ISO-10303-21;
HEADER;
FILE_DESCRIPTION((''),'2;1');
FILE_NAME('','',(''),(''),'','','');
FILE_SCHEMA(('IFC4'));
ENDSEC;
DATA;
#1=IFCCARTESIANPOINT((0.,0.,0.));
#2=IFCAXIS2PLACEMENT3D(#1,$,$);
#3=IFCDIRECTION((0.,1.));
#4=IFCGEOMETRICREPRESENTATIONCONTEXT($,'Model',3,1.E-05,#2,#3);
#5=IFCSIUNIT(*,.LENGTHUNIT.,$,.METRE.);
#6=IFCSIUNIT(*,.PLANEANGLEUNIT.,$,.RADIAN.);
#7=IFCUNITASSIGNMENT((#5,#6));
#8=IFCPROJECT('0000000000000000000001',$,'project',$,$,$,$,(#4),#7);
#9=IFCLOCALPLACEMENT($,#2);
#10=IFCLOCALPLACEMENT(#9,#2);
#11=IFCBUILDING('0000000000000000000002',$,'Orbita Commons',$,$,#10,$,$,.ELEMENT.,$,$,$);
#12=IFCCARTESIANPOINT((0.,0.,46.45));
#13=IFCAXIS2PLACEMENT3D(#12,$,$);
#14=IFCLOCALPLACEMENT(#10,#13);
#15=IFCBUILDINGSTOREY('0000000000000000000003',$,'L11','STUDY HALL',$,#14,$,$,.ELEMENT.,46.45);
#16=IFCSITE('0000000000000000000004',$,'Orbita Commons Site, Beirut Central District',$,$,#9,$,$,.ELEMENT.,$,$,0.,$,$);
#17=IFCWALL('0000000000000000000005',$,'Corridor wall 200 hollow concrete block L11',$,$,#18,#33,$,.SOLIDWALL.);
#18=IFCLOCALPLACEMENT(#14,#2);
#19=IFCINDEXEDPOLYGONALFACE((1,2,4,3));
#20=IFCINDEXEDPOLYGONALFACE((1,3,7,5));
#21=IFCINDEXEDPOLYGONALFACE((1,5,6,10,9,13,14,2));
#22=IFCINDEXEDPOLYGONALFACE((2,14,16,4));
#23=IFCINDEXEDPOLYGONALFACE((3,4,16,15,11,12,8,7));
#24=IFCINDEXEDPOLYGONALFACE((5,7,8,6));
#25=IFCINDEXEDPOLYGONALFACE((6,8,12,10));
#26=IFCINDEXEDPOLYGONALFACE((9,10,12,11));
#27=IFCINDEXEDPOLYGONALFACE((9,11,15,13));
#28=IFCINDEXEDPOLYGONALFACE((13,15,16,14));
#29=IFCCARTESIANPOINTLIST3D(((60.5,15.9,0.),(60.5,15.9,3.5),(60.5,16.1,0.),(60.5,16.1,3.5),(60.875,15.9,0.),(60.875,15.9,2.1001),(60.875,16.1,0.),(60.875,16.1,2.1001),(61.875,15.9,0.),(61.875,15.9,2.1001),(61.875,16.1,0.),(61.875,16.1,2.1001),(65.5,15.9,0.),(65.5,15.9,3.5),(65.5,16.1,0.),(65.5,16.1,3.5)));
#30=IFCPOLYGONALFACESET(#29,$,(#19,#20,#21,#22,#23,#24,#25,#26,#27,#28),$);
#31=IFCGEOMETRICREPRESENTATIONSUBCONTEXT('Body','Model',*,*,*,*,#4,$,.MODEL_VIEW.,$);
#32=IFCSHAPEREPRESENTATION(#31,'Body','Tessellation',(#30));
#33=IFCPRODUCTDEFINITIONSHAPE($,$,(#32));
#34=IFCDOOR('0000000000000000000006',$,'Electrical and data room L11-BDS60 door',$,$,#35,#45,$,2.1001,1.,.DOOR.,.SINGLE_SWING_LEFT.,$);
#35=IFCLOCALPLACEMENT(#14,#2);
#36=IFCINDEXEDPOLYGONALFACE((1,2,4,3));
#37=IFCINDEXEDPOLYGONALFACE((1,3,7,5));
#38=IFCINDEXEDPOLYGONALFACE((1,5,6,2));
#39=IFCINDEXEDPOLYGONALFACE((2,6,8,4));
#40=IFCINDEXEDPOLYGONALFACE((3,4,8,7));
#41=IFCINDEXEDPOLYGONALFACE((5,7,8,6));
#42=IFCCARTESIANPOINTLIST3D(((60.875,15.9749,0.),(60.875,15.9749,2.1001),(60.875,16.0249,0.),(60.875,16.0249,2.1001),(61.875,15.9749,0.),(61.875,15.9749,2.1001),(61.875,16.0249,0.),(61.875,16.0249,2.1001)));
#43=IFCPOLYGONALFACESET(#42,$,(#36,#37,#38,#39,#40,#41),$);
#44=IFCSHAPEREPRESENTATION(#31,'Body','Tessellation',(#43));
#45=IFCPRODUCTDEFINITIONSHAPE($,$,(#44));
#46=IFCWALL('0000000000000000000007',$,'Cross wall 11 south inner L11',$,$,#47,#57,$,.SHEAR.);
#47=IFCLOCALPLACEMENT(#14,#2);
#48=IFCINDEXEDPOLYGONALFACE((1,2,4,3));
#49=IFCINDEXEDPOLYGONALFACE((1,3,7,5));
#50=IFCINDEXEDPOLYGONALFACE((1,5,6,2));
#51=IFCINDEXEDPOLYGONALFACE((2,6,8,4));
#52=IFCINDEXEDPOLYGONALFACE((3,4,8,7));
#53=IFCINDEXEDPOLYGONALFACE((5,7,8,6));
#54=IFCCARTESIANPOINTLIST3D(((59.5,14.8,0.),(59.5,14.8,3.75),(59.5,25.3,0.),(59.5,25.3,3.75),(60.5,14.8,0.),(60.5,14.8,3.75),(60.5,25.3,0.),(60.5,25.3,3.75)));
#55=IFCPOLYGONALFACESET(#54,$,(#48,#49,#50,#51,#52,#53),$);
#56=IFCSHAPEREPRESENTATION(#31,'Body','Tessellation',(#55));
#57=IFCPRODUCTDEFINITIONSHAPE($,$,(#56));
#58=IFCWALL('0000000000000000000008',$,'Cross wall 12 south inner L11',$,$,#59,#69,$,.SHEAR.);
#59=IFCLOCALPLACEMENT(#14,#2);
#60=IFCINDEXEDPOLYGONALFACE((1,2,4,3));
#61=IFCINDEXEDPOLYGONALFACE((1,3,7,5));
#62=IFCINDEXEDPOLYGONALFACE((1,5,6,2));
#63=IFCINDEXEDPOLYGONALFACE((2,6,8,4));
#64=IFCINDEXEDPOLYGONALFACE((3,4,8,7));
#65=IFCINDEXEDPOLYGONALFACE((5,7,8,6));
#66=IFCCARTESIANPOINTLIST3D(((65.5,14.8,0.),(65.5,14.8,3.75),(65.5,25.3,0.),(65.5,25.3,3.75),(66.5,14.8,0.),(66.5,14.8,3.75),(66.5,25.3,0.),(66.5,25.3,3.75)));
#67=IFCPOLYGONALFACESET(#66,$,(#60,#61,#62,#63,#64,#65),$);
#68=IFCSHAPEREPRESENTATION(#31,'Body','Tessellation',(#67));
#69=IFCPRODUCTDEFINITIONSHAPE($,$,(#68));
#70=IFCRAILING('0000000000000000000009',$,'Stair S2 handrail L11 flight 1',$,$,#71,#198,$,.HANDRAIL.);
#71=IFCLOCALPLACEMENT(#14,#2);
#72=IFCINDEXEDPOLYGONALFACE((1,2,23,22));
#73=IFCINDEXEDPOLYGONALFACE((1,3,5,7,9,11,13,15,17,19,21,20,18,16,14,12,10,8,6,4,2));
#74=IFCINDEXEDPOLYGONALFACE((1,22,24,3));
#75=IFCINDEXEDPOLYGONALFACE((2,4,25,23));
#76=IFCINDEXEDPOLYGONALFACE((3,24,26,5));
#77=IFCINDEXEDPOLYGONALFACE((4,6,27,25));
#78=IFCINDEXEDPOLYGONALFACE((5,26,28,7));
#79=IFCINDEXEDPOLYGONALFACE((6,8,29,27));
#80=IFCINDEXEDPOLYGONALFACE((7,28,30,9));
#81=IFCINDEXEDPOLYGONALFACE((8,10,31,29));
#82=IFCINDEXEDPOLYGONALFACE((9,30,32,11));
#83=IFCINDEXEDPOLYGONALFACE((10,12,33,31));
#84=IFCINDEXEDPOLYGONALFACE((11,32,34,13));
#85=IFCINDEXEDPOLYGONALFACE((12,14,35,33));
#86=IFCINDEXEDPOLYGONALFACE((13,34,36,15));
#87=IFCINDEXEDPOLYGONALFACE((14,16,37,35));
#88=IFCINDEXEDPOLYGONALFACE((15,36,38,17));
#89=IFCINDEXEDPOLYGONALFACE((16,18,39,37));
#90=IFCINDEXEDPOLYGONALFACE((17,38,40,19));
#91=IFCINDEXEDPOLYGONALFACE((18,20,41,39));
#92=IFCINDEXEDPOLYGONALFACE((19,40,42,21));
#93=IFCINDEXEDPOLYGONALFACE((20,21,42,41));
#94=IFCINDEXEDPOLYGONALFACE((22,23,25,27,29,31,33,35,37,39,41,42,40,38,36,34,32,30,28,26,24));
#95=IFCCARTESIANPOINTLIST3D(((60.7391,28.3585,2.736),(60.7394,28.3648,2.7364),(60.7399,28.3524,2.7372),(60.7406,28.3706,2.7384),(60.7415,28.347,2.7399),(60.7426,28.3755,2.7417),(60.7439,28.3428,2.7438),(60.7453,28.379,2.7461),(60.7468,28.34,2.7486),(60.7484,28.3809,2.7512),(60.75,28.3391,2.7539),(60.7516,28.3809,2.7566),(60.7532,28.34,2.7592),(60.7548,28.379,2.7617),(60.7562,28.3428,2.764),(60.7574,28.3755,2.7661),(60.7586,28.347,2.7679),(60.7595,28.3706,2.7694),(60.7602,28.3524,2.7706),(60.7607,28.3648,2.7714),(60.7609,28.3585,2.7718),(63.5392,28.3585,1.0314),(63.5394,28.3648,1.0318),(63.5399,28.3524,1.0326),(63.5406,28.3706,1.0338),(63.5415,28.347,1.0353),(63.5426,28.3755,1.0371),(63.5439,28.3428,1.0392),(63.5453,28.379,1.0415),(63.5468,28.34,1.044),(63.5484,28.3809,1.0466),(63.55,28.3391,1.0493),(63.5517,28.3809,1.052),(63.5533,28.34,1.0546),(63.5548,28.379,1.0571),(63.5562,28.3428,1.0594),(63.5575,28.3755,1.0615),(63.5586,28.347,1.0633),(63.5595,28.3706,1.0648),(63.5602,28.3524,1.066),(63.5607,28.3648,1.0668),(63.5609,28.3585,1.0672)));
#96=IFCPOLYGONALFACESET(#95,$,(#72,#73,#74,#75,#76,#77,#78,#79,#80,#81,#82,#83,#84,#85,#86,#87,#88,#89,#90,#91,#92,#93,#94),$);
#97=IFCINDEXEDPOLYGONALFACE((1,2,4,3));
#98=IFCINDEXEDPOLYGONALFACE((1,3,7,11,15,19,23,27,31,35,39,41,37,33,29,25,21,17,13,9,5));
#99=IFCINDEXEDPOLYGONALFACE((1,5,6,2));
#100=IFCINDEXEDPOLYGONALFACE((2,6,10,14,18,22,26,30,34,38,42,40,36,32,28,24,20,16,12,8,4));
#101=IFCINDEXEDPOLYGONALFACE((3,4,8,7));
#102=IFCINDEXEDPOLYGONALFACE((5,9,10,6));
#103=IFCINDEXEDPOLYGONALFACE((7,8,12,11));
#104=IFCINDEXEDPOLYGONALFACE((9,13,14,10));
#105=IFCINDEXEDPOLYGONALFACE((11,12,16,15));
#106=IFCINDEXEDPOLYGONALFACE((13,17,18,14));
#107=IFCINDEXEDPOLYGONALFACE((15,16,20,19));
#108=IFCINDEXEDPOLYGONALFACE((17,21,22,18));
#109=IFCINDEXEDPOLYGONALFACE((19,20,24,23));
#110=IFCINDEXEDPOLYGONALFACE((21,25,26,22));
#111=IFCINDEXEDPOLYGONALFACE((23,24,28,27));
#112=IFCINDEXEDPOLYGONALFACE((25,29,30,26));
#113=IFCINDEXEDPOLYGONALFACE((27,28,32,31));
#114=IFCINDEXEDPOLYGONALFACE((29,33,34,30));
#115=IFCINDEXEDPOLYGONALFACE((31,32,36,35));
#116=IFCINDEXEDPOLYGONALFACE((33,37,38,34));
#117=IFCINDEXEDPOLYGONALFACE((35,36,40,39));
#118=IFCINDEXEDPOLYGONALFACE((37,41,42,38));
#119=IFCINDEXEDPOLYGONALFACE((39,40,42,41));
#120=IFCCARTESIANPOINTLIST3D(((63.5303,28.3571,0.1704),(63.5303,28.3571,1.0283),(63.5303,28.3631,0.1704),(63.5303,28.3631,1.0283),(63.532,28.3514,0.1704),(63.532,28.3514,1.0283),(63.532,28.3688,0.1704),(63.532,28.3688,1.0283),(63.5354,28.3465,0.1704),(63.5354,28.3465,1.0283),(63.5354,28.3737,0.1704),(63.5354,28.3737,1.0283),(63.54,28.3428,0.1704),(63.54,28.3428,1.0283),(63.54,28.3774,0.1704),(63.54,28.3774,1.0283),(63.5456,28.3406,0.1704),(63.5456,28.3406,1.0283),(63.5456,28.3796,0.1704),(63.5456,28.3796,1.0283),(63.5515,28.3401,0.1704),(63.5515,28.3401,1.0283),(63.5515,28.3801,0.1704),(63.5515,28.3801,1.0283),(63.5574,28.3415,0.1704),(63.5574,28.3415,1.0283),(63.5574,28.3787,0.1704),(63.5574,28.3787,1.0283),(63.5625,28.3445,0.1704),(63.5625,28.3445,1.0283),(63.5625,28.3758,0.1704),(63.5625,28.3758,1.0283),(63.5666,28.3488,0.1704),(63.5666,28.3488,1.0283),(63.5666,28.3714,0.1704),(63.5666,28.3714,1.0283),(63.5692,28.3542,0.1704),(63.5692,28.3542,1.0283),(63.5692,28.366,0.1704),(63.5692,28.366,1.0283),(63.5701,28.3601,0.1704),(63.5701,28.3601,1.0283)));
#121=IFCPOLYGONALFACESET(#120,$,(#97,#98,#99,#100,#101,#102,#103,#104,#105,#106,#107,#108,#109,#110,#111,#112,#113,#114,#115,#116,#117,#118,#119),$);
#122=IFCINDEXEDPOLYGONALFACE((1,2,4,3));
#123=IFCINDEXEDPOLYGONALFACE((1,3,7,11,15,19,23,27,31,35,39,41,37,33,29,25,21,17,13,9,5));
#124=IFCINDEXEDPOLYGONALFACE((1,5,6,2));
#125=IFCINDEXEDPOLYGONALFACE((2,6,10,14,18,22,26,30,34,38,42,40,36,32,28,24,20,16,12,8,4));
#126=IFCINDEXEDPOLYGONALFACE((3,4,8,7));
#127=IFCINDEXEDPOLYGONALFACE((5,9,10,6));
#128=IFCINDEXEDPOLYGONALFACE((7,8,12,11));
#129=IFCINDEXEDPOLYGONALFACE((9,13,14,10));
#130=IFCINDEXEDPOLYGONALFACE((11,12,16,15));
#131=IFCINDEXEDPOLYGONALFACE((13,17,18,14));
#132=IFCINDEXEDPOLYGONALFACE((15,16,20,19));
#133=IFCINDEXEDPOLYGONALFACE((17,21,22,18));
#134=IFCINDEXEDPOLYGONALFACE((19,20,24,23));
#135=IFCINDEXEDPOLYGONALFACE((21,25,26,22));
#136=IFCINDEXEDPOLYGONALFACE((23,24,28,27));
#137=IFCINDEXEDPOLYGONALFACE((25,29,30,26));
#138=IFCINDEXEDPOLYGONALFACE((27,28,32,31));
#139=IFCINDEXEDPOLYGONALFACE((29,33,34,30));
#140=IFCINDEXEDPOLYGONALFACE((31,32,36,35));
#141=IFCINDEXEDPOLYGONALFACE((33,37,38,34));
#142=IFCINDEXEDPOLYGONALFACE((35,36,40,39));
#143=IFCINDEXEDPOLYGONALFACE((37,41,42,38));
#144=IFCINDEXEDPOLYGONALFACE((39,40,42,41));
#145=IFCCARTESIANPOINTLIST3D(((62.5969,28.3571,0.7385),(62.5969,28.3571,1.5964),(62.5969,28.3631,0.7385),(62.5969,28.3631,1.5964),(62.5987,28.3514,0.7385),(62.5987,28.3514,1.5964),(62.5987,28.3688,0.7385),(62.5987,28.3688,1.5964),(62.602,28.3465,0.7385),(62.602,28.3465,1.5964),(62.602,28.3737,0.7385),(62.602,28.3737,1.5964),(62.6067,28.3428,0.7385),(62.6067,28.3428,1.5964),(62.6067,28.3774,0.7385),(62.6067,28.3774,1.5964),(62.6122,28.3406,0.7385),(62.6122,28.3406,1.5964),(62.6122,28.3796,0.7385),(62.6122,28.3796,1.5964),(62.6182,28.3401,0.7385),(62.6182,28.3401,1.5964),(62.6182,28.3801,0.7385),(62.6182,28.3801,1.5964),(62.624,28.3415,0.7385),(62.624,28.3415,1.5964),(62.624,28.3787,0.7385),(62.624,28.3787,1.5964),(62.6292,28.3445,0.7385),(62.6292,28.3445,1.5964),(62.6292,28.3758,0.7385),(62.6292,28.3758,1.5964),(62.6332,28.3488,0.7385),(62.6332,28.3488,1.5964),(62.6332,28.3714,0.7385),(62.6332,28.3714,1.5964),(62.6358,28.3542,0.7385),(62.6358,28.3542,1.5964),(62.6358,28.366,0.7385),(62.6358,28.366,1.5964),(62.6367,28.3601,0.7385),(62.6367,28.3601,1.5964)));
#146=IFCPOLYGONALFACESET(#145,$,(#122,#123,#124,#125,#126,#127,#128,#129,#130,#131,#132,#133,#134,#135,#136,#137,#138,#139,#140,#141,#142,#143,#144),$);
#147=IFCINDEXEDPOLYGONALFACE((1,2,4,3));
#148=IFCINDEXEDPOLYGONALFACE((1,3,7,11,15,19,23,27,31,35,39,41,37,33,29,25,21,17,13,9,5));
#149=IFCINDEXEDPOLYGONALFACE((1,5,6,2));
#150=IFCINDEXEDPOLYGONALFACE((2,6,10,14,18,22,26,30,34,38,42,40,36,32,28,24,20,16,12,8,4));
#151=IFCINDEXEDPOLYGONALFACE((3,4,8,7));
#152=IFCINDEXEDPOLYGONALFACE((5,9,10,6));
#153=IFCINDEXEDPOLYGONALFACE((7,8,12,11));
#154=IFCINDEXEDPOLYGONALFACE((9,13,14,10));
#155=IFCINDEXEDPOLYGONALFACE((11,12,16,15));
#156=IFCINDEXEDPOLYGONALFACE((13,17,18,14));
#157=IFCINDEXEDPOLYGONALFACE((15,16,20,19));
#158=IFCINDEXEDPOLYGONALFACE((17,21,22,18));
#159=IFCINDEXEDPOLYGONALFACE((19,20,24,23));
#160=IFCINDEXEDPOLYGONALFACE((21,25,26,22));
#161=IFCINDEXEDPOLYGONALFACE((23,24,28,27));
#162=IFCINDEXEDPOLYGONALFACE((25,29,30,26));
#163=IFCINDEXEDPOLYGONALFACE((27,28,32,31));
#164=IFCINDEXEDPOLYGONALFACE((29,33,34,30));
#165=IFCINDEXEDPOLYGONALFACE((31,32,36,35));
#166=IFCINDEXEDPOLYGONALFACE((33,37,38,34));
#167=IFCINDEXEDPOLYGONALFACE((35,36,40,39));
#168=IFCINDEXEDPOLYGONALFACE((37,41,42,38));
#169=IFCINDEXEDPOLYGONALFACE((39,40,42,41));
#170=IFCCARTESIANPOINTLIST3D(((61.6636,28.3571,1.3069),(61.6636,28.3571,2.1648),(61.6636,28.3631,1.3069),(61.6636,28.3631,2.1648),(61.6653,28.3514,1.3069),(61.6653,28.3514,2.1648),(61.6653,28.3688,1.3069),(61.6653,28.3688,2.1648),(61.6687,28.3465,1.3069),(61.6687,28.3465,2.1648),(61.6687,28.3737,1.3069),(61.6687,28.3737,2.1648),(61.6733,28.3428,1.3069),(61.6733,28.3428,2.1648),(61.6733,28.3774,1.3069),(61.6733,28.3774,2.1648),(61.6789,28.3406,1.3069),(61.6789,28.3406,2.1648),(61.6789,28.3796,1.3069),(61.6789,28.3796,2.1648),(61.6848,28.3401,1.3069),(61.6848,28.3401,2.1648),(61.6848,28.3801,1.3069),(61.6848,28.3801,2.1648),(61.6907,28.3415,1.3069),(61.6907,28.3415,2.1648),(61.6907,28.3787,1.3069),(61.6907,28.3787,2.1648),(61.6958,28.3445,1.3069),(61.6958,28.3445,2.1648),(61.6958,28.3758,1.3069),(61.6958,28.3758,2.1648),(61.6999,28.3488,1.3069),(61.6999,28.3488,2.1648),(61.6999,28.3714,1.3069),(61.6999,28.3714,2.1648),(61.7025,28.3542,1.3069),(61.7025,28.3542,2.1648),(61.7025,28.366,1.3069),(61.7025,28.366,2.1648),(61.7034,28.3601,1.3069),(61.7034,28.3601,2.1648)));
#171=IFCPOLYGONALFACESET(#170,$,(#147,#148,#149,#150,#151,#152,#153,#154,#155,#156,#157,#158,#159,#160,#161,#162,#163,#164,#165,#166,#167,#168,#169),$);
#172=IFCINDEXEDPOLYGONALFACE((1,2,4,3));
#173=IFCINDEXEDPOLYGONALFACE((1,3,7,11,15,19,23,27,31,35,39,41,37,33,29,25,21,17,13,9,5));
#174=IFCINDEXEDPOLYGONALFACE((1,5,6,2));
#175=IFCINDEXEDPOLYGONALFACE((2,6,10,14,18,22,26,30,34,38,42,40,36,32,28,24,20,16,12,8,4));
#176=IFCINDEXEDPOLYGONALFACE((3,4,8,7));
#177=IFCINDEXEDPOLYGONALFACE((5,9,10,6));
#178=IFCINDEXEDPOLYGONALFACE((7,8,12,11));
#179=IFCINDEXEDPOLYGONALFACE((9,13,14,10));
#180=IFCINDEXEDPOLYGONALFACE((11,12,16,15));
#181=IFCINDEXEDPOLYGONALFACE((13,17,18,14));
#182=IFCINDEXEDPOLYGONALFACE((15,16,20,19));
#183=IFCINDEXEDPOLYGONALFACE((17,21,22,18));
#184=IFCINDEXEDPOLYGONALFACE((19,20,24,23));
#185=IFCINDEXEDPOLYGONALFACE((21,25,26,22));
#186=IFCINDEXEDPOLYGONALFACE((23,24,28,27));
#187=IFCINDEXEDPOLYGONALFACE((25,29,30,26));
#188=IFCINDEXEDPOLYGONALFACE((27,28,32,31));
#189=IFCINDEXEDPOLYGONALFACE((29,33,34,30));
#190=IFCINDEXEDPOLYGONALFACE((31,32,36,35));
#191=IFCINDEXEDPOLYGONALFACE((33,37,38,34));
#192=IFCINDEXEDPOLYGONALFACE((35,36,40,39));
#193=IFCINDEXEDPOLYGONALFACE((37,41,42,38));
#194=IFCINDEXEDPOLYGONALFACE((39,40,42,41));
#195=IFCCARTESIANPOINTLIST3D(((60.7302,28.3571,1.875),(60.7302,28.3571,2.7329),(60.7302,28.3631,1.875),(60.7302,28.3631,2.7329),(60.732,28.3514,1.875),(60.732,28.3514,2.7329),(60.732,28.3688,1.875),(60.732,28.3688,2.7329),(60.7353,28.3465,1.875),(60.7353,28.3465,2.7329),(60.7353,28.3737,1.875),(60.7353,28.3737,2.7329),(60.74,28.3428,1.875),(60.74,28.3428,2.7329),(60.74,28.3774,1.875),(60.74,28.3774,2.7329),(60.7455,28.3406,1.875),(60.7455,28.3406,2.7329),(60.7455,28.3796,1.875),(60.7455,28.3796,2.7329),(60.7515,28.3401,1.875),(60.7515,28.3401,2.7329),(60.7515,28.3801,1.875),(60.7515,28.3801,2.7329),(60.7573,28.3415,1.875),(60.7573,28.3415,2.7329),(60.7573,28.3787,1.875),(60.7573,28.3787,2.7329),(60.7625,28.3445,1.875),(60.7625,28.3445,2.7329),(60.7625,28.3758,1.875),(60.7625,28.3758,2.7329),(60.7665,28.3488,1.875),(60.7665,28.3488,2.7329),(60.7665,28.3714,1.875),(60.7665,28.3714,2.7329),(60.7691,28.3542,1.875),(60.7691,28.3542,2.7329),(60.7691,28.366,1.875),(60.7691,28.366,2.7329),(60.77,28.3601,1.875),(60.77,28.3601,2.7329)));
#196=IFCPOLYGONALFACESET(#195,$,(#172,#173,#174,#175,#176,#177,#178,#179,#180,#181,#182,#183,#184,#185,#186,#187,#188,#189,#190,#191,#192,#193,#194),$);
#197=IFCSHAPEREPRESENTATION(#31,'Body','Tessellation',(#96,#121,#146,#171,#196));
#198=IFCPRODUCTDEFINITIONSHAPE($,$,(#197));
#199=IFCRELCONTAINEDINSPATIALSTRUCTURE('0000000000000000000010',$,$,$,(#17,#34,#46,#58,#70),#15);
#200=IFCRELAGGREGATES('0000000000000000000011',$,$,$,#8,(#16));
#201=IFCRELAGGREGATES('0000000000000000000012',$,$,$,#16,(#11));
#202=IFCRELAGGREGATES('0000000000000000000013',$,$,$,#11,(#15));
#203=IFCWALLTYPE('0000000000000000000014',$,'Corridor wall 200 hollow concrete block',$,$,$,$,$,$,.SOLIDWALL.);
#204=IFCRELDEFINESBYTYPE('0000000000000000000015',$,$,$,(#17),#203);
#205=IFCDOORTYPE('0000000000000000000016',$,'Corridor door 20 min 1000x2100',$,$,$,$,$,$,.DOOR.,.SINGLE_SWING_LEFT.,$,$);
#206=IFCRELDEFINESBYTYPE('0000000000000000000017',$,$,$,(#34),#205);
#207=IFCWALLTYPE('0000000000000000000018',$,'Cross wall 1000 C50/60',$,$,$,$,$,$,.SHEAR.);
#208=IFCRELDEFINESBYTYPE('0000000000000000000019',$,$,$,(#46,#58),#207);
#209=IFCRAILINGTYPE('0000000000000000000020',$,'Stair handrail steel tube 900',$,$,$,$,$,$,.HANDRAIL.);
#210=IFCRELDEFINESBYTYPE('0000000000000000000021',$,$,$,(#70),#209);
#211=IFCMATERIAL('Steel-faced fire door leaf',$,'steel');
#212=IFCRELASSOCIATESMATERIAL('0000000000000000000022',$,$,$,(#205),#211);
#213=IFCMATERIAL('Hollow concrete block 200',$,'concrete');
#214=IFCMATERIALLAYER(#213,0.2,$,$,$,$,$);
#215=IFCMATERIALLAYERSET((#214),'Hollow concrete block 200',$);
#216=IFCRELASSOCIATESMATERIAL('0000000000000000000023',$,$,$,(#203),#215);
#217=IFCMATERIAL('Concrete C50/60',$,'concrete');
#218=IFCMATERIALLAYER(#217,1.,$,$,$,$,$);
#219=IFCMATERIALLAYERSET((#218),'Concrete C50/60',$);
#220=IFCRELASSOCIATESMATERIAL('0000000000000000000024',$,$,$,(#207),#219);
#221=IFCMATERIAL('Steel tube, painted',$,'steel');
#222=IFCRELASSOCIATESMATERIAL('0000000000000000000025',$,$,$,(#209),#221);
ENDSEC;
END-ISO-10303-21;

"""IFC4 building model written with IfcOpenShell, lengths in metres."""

from ifc_helpers import new_model, si_unit, direction, frame, frame_2d, origin, origin_2d, place, context, subcontext, project, spatial, rectangle, circle, extrude, material, layer, layer_set, type_object, element, fill, save


model = new_model("IFC4")

# Units and contexts
model_context = context("Model", 3, precision=1e-05, world=origin(), true_north=direction((0.0, 1.0)))
body_context = subcontext(model_context, "Body", "Model", "MODEL_VIEW")
ifc_project = project(units=[si_unit("LENGTHUNIT", "METRE"), si_unit("PLANEANGLEUNIT", "RADIAN")], contexts=[model_context])

# Site, building, storey
site_placement = place(None, origin())
site = spatial("IfcSite", under=ifc_project, at=site_placement, Name="Orbita Commons Site, Beirut Central District", CompositionType="ELEMENT", RefElevation=0.0)
building_placement = place(site_placement, origin())
building = spatial("IfcBuilding", under=site, at=building_placement, Name="Orbita Commons", CompositionType="ELEMENT")
storey_placement = place(building_placement, frame((0.0, 0.0, 46.45)))
storey = spatial("IfcBuildingStorey", under=building, at=storey_placement, Name="L11", Description="STUDY HALL", CompositionType="ELEMENT", Elevation=46.45)

# Wall, opening, door
ifc_material_1 = material(Name="Steel-faced fire door leaf", Category="steel")
door_type = type_object("IfcDoorType", Name="Corridor door 20 min 1000x2100", OperationType="SINGLE_SWING_LEFT", PredefinedType="DOOR", material=ifc_material_1)
ifc_material_2 = material(Name="Hollow concrete block 200", Category="concrete")
ifc_layer_1 = layer(ifc_material_2, 0.2)
ifc_layer_set_1 = layer_set([ifc_layer_1], Name="Hollow concrete block 200")
wall_type_1 = type_object("IfcWallType", Name="Corridor wall 200 hollow concrete block", PredefinedType="SOLIDWALL", material=ifc_layer_set_1)
wall_1_placement = place(storey_placement, frame((60.5, 16.0, 0.0), z_axis=(0.0, 0.0, 1.0), x_axis=(1.0, 0.0, 0.0)))
wall_1 = element("IfcWall", 1, at=wall_1_placement, inside=storey, type_object=wall_type_1, Name="Corridor wall 200 hollow concrete block L11", PredefinedType="SOLIDWALL", context=body_context, shape_type="SweptSolid", body=[
    extrude(rectangle(XDim=5.0, YDim=0.2, at=frame_2d((2.5, 0.0))), origin(), (0.0, 0.0, 1.0), 3.5),
])
opening_1_placement = place(wall_1_placement, frame((0.375, 0.0, 0.0)))
opening_1 = element("IfcOpeningElement", 2, at=opening_1_placement, cuts=wall_1, PredefinedType="OPENING", context=body_context, shape_type="SweptSolid", body=[
    extrude(rectangle(XDim=1.0, YDim=2.1001, at=frame_2d((0.5, 1.05))), frame((0.0, 0.1099, 0.0), z_axis=(0.0, -1.0, 0.0), x_axis=(1.0, 0.0, 0.0)), (0.0, 0.0, 1.0), 0.22),
])
door_1_placement = place(opening_1_placement, origin())
door_1 = element("IfcDoor", 3, at=door_1_placement, inside=storey, type_object=door_type, Name="Electrical and data room L11-BDS60 door", OperationType="SINGLE_SWING_LEFT", OverallHeight=2.1001, OverallWidth=1.0, PredefinedType="DOOR", context=body_context, shape_type="SweptSolid", body=[
    extrude(rectangle(XDim=1.0, YDim=2.1001, at=frame_2d((0.5, 1.05))), frame((0.0, 0.0249, 0.0), z_axis=(0.0, -1.0, 0.0), x_axis=(1.0, 0.0, 0.0)), (0.0, 0.0, 1.0), 0.05),
])
fill(opening_1, door_1)

# Walls
ifc_material_3 = material(Name="Concrete C50/60", Category="concrete")
ifc_layer_2 = layer(ifc_material_3, 1.0)
ifc_layer_set_2 = layer_set([ifc_layer_2], Name="Concrete C50/60")
wall_type_2 = type_object("IfcWallType", Name="Cross wall 1000 C50/60", PredefinedType="SHEAR", material=ifc_layer_set_2)
for number, where, z_axis, x_axis, name in (
    (4, (60.0, 14.8, 0.0), (0.0, 0.0, 1.0), (0.0, 1.0, 0.0), "Cross wall 11 south inner L11"),
    (5, (66.0, 14.8, 0.0), (0.0, 0.0, 1.0), (0.0, 1.0, 0.0), "Cross wall 12 south inner L11"),
):
    element("IfcWall", number, at=place(storey_placement, frame(where, z_axis=z_axis, x_axis=x_axis)), inside=storey, type_object=wall_type_2, Name=name, PredefinedType="SHEAR", context=body_context, shape_type="SweptSolid", body=[
        extrude(rectangle(XDim=10.5, YDim=1.0, at=frame_2d((5.25, 0.0))), origin(), (0.0, 0.0, 1.0), 3.75),
    ])

# Railing
ifc_material_4 = material(Name="Steel tube, painted", Category="steel")
railing_type = type_object("IfcRailingType", Name="Stair handrail steel tube 900", PredefinedType="HANDRAIL", material=ifc_material_4)
for number, where, name in (
    (6, (63.55, 28.3601, 0.1704), "Stair S2 handrail L11 flight 1"),
):
    element("IfcRailing", number, at=place(storey_placement, frame(where)), inside=storey, type_object=railing_type, Name=name, PredefinedType="HANDRAIL", context=body_context, shape_type="SweptSolid", body=[
        extrude(circle(Radius=0.021, at=origin_2d()), frame((0.0, 0.0, 0.8789), z_axis=(-0.85417, 0.0, 0.519994), x_axis=(0.0, -1.0, 0.0)), (0.0, 0.0, 1.0), 3.2781),
        extrude(circle(Radius=0.02, at=origin_2d()), origin(), (0.0, 0.0, 1.0), 0.8579),
        extrude(circle(Radius=0.02, at=origin_2d()), frame((-0.9333, 0.0, 0.5681)), (0.0, 0.0, 1.0), 0.8579),
        extrude(circle(Radius=0.02, at=origin_2d()), frame((-1.8667, 0.0, 1.1365)), (0.0, 0.0, 1.0), 0.8579),
        extrude(circle(Radius=0.02, at=origin_2d()), frame((-2.8, 0.0, 1.7046)), (0.0, 0.0, 1.0), 0.8579),
    ])

save(model, "model.ifc")
